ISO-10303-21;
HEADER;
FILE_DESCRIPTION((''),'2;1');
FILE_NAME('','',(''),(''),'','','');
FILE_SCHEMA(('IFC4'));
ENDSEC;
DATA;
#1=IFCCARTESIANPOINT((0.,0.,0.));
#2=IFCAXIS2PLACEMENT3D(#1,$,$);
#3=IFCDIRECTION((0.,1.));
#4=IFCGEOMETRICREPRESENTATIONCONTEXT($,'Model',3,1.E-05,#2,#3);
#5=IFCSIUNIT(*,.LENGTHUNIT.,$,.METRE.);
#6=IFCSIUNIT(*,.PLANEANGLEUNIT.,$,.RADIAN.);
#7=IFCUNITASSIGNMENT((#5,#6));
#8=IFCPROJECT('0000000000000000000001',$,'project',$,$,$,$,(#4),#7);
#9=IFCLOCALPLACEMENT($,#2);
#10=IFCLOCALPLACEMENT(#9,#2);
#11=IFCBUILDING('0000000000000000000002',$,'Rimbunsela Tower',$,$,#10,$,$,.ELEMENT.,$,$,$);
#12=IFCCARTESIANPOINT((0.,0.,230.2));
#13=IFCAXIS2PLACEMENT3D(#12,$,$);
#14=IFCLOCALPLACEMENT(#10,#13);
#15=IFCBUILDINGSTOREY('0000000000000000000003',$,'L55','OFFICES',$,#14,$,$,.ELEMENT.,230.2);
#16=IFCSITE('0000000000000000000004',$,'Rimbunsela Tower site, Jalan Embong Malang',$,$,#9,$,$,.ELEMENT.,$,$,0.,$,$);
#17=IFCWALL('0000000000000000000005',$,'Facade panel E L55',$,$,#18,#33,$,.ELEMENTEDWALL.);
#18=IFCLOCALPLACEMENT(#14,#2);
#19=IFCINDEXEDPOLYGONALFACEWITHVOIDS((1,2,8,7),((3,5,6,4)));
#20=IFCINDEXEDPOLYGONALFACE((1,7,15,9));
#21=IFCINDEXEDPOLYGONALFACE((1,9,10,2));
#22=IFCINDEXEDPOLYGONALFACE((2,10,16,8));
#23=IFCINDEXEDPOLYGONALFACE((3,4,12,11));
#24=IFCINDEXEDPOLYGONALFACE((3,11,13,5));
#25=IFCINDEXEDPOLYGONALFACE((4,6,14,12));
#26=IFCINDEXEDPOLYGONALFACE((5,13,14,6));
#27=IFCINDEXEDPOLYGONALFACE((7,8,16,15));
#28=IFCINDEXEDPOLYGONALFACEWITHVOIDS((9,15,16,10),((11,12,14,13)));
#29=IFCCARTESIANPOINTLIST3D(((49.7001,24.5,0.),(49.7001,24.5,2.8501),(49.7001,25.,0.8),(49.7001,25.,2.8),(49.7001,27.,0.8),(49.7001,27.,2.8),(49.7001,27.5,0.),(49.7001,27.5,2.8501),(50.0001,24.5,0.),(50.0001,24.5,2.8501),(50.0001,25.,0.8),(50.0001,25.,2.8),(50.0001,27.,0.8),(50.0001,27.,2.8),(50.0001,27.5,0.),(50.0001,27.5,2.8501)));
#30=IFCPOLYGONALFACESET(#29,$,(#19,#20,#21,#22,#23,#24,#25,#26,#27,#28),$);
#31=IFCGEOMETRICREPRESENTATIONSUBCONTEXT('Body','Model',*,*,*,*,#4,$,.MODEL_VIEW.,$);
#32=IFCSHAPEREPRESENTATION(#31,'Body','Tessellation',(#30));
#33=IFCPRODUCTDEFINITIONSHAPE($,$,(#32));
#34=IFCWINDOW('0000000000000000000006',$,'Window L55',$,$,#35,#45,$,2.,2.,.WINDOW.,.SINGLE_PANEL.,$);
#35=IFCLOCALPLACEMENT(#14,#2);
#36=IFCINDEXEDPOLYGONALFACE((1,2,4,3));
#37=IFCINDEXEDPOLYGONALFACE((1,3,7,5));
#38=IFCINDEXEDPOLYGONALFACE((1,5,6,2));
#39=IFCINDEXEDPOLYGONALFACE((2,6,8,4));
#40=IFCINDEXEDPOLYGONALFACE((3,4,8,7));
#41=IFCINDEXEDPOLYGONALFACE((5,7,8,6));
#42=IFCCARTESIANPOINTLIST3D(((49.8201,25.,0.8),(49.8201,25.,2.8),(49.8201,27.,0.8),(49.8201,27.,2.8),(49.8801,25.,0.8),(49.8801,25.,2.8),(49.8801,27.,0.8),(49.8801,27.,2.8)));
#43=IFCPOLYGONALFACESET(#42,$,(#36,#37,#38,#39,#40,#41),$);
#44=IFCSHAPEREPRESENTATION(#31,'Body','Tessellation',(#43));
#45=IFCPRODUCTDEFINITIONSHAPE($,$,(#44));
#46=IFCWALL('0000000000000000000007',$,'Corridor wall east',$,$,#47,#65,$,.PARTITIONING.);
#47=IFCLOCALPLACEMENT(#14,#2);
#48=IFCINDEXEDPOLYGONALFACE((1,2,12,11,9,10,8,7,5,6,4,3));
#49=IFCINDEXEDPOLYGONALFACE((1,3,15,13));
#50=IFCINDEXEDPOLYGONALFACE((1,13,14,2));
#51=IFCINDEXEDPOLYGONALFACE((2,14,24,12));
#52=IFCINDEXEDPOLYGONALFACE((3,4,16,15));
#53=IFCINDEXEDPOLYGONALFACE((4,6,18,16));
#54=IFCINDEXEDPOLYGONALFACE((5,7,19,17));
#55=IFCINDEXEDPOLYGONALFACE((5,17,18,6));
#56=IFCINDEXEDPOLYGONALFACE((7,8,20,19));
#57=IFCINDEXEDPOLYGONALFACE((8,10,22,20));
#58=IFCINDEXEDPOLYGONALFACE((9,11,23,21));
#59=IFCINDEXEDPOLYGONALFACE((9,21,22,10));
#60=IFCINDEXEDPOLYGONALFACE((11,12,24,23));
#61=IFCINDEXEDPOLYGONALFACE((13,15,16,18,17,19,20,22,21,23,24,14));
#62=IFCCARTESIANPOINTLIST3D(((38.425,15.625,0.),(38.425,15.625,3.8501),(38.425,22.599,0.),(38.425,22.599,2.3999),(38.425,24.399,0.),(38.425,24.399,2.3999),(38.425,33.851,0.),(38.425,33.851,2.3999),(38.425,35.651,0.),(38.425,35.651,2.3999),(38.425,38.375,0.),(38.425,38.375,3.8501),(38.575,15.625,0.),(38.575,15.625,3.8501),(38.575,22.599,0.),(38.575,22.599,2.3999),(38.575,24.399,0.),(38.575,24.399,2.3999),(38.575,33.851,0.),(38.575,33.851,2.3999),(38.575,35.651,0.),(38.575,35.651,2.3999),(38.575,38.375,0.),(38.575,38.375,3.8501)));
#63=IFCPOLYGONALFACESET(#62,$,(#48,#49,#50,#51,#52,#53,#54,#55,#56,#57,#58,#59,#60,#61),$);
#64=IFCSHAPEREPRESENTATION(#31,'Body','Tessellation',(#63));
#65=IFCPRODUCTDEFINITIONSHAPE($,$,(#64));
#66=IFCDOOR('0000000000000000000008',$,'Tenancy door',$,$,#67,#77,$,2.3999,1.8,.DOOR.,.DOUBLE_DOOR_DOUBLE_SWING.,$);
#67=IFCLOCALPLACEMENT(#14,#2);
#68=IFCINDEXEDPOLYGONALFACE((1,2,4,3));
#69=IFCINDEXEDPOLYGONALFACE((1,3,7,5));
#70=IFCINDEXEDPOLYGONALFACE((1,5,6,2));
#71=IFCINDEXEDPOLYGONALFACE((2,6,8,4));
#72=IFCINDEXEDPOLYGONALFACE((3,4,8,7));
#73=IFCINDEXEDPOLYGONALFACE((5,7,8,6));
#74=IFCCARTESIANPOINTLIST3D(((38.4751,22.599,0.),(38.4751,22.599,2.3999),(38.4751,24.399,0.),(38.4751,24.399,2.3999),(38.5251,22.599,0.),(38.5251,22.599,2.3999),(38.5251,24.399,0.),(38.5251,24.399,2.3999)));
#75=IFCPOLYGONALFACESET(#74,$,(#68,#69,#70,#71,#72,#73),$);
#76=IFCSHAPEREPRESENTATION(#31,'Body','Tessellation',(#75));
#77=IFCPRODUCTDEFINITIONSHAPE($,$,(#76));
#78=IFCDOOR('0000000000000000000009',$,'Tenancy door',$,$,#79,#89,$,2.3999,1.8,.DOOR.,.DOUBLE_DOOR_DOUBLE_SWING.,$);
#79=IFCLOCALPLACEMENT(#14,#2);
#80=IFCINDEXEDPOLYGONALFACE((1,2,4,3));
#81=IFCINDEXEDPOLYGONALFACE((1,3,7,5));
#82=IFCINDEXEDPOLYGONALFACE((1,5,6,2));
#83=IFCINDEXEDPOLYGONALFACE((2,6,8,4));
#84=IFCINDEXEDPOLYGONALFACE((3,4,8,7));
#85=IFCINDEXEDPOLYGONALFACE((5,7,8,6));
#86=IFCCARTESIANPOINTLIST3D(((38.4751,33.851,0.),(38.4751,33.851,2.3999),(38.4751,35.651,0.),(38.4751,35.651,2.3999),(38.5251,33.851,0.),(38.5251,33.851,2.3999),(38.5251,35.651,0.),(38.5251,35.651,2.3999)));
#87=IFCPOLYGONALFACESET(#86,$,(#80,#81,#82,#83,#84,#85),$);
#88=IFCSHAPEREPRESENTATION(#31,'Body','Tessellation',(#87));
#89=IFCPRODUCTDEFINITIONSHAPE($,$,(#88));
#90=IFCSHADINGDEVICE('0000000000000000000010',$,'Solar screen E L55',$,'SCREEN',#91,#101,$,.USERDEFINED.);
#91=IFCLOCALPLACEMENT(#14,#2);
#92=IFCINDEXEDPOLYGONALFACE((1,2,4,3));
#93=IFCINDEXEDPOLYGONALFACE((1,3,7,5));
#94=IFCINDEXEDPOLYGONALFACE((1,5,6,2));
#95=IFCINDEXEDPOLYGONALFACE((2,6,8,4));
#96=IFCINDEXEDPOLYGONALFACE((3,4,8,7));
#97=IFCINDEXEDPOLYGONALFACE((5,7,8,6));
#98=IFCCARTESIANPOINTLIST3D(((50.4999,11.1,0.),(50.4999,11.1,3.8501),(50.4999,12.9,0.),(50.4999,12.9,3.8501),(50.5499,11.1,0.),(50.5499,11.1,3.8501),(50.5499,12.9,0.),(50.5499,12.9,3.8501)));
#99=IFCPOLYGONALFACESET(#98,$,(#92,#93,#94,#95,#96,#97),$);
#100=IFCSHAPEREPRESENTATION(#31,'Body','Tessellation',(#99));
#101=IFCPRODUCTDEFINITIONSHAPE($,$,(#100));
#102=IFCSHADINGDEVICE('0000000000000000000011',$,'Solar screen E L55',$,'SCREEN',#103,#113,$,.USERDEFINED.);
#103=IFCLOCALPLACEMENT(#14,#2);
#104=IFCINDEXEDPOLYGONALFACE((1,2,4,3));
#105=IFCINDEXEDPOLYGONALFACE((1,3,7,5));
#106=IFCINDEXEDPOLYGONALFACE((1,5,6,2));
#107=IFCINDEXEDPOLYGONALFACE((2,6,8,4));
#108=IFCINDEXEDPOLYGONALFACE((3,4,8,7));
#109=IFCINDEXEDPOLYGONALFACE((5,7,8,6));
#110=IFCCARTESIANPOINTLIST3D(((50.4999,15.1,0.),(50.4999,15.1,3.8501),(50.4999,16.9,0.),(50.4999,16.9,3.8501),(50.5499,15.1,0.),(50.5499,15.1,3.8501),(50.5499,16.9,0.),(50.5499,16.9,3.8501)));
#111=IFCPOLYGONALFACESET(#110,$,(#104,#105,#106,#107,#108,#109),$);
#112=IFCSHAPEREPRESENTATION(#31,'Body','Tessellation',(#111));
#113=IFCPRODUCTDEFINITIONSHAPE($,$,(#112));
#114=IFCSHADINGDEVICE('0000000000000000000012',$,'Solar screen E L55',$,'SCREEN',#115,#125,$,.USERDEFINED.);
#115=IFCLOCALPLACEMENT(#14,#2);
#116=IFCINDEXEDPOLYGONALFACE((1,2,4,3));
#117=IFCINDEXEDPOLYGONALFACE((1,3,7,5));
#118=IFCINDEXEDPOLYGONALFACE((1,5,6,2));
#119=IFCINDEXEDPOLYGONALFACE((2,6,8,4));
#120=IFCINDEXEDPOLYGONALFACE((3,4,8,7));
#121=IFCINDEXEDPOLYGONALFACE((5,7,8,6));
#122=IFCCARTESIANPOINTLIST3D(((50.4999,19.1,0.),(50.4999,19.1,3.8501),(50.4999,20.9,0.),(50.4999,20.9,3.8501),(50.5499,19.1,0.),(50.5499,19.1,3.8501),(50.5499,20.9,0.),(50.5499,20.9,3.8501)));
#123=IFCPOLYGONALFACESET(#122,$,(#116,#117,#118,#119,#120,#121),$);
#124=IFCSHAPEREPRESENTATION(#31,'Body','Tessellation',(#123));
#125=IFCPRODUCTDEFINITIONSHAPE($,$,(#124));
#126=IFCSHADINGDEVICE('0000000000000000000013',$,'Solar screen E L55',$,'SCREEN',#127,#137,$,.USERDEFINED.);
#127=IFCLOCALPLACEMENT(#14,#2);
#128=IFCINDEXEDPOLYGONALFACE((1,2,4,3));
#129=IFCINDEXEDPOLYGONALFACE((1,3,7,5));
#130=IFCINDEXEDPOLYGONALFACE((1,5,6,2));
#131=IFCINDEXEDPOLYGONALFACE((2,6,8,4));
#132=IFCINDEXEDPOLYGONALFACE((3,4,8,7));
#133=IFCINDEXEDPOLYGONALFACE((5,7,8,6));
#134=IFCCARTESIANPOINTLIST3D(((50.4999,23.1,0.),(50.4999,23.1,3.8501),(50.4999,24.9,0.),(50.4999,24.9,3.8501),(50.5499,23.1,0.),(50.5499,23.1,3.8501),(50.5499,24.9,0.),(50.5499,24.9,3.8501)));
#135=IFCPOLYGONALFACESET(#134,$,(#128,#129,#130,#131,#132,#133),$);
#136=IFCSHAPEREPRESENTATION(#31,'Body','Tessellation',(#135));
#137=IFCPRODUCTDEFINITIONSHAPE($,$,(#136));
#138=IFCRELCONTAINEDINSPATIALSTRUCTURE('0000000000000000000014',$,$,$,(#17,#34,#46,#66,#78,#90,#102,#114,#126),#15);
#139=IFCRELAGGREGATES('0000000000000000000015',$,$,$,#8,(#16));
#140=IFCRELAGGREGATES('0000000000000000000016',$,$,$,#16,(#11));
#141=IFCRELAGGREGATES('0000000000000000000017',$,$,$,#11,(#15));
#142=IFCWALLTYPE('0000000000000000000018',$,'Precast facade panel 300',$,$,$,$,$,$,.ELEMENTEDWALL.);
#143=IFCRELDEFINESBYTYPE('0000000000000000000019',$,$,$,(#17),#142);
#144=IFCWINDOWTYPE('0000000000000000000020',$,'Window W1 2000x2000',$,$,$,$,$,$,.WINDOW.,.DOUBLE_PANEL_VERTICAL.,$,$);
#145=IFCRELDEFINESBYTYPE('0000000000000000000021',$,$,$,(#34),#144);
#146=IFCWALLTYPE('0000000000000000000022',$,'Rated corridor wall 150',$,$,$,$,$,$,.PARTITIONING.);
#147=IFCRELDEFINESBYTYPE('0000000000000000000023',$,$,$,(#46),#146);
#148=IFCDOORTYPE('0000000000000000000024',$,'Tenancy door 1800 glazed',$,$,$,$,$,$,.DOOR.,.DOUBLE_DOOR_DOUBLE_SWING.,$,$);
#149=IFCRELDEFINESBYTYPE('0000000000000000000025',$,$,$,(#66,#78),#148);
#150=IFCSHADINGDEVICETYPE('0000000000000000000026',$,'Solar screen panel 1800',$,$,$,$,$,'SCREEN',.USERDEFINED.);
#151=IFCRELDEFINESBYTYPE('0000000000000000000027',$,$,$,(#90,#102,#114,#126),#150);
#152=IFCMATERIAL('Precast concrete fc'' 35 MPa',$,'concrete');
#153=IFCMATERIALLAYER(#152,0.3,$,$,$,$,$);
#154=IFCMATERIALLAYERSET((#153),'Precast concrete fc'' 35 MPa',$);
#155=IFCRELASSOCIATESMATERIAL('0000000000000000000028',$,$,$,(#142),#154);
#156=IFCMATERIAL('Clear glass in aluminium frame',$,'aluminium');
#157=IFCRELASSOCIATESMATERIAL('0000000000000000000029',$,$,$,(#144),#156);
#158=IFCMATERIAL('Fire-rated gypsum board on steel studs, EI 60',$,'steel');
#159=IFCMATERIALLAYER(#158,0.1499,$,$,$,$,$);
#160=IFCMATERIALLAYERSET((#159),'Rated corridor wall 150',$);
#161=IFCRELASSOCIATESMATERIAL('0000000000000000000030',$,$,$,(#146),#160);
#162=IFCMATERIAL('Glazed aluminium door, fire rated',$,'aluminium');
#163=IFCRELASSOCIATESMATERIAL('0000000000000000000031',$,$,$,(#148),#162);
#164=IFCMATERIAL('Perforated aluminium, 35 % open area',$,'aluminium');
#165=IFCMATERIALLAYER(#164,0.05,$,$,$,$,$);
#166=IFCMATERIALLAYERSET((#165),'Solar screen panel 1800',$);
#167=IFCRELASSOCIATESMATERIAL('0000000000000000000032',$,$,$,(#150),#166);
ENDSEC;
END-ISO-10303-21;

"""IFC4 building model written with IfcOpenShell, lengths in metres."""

from ifc_helpers import new_model, si_unit, direction, frame, frame_2d, origin, origin_2d, place, context, subcontext, project, spatial, rectangle, extrude, material, layer, layer_set, type_object, element, fill, save


model = new_model("IFC4")

# Units and contexts
model_context = context("Model", 3, precision=1e-05, world=origin(), true_north=direction((0.0, 1.0)))
body_context = subcontext(model_context, "Body", "Model", "MODEL_VIEW")
ifc_project = project(units=[si_unit("LENGTHUNIT", "METRE"), si_unit("PLANEANGLEUNIT", "RADIAN")], contexts=[model_context])

# Site, building, storey
site_placement = place(None, origin())
site = spatial("IfcSite", under=ifc_project, at=site_placement, Name="Rimbunsela Tower site, Jalan Embong Malang", CompositionType="ELEMENT", RefElevation=0.0)
building_placement = place(site_placement, origin())
building = spatial("IfcBuilding", under=site, at=building_placement, Name="Rimbunsela Tower", CompositionType="ELEMENT")
storey_placement = place(building_placement, frame((0.0, 0.0, 230.2)))
storey = spatial("IfcBuildingStorey", under=building, at=storey_placement, Name="L55", Description="OFFICES", CompositionType="ELEMENT", Elevation=230.2)

# Wall, opening, window
ifc_material_1 = material(Name="Precast concrete fc' 35 MPa", Category="concrete")
ifc_layer_1 = layer(ifc_material_1, 0.3)
ifc_layer_set_1 = layer_set([ifc_layer_1], Name="Precast concrete fc' 35 MPa")
wall_type_1 = type_object("IfcWallType", Name="Precast facade panel 300", PredefinedType="ELEMENTEDWALL", material=ifc_layer_set_1)
ifc_material_2 = material(Name="Clear glass in aluminium frame", Category="aluminium")
window_type = type_object("IfcWindowType", Name="Window W1 2000x2000", PartitioningType="DOUBLE_PANEL_VERTICAL", PredefinedType="WINDOW", material=ifc_material_2)
wall_1_placement = place(storey_placement, frame((49.8501, 24.5, 0.0), z_axis=(0.0, 0.0, 1.0), x_axis=(0.0, 1.0, 0.0)))
wall_1 = element("IfcWall", 1, at=wall_1_placement, inside=storey, type_object=wall_type_1, Name="Facade panel E L55", PredefinedType="ELEMENTEDWALL", context=body_context, shape_type="SweptSolid", body=[
    extrude(rectangle(XDim=3.0, YDim=0.3, at=frame_2d((1.5, 0.0))), origin(), (0.0, 0.0, 1.0), 2.8501),
])
opening_1_placement = place(wall_1_placement, frame((0.5, 0.0, 0.8)))
opening_1 = element("IfcOpeningElement", 2, at=opening_1_placement, cuts=wall_1, PredefinedType="OPENING", context=body_context, shape_type="SweptSolid", body=[
    extrude(rectangle(XDim=2.0, YDim=2.0, at=frame_2d((1.0, 1.0))), frame((0.0, 0.1599, 0.0), z_axis=(0.0, -1.0, 0.0), x_axis=(1.0, 0.0, 0.0)), (0.0, 0.0, 1.0), 0.3201),
])
window_1_placement = place(opening_1_placement, origin())
window_1 = element("IfcWindow", 3, at=window_1_placement, inside=storey, type_object=window_type, Name="Window L55", OverallHeight=2.0, OverallWidth=2.0, PartitioningType="SINGLE_PANEL", PredefinedType="WINDOW", context=body_context, shape_type="SweptSolid", body=[
    extrude(rectangle(XDim=2.0, YDim=2.0, at=frame_2d((1.0, 1.0))), frame((0.0, 0.03, 0.0), z_axis=(0.0, -1.0, 0.0), x_axis=(1.0, 0.0, 0.0)), (0.0, 0.0, 1.0), 0.0601),
])
fill(opening_1, window_1)

# Wall, openings, doors
ifc_material_3 = material(Name="Fire-rated gypsum board on steel studs, EI 60", Category="steel")
ifc_layer_2 = layer(ifc_material_3, 0.1499)
ifc_layer_set_2 = layer_set([ifc_layer_2], Name="Rated corridor wall 150")
wall_type_2 = type_object("IfcWallType", Name="Rated corridor wall 150", PredefinedType="PARTITIONING", material=ifc_layer_set_2)
wall_2_placement = place(storey_placement, frame((38.5, 15.625, 0.0), z_axis=(0.0, 0.0, 1.0), x_axis=(0.0, 1.0, 0.0)))
wall_2 = element("IfcWall", 4, at=wall_2_placement, inside=storey, type_object=wall_type_2, Name="Corridor wall east", PredefinedType="PARTITIONING", context=body_context, shape_type="SweptSolid", body=[
    extrude(rectangle(XDim=22.75, YDim=0.1499, at=frame_2d((11.375, 0.0))), origin(), (0.0, 0.0, 1.0), 3.8501),
])
opening_2_placement = place(wall_2_placement, frame((6.9741, 0.0, 0.0)))
opening_2 = element("IfcOpeningElement", 5, at=opening_2_placement, cuts=wall_2, PredefinedType="OPENING", context=body_context, shape_type="SweptSolid", body=[
    extrude(rectangle(XDim=1.8, YDim=2.3999, at=frame_2d((0.8999, 1.2))), frame((0.0, 0.085, 0.0), z_axis=(0.0, -1.0, 0.0), x_axis=(1.0, 0.0, 0.0)), (0.0, 0.0, 1.0), 0.1699),
])
opening_3_placement = place(wall_2_placement, frame((18.2261, 0.0, 0.0)))
opening_3 = element("IfcOpeningElement", 6, at=opening_3_placement, cuts=wall_2, PredefinedType="OPENING", context=body_context, shape_type="SweptSolid", body=[
    extrude(rectangle(XDim=1.8, YDim=2.3999, at=frame_2d((0.8999, 1.2))), frame((0.0, 0.085, 0.0), z_axis=(0.0, -1.0, 0.0), x_axis=(1.0, 0.0, 0.0)), (0.0, 0.0, 1.0), 0.1699),
])
ifc_material_4 = material(Name="Glazed aluminium door, fire rated", Category="aluminium")
door_type_1 = type_object("IfcDoorType", Name="Tenancy door 1800 glazed", OperationType="DOUBLE_DOOR_DOUBLE_SWING", PredefinedType="DOOR", material=ifc_material_4)
door_1_placement = place(opening_2_placement, origin())
door_1 = element("IfcDoor", 7, at=door_1_placement, inside=storey, type_object=door_type_1, Name="Tenancy door", OperationType="DOUBLE_DOOR_DOUBLE_SWING", OverallHeight=2.3999, OverallWidth=1.8, PredefinedType="DOOR", context=body_context, shape_type="SweptSolid", body=[
    extrude(rectangle(XDim=1.8, YDim=2.3999, at=frame_2d((0.8999, 1.2))), frame((0.0, 0.0249, 0.0), z_axis=(0.0, -1.0, 0.0), x_axis=(1.0, 0.0, 0.0)), (0.0, 0.0, 1.0), 0.05),
])
fill(opening_2, door_1)
door_2_placement = place(opening_3_placement, origin())
door_2 = element("IfcDoor", 8, at=door_2_placement, inside=storey, type_object=door_type_1, Name="Tenancy door", OperationType="DOUBLE_DOOR_DOUBLE_SWING", OverallHeight=2.3999, OverallWidth=1.8, PredefinedType="DOOR", context=body_context, shape_type="SweptSolid", body=[
    extrude(rectangle(XDim=1.8, YDim=2.3999, at=frame_2d((0.8999, 1.2))), frame((0.0, 0.0249, 0.0), z_axis=(0.0, -1.0, 0.0), x_axis=(1.0, 0.0, 0.0)), (0.0, 0.0, 1.0), 0.05),
])
fill(opening_3, door_2)

# Shading devices
ifc_material_5 = material(Name="Perforated aluminium, 35 % open area", Category="aluminium")
ifc_layer_3 = layer(ifc_material_5, 0.05)
ifc_layer_set_3 = layer_set([ifc_layer_3], Name="Solar screen panel 1800")
shading_device_type = type_object("IfcShadingDeviceType", Name="Solar screen panel 1800", ElementType="SCREEN", PredefinedType="USERDEFINED", material=ifc_layer_set_3)
for number, where, z_axis, x_axis, name in (
    (9, (50.5249, 12.0, 0.0), (0.0, 0.0, 1.0), (0.0, 1.0, 0.0), "Solar screen E L55"),
    (10, (50.5249, 16.0, 0.0), (0.0, 0.0, 1.0), (0.0, 1.0, 0.0), "Solar screen E L55"),
    (11, (50.5249, 20.0, 0.0), (0.0, 0.0, 1.0), (0.0, 1.0, 0.0), "Solar screen E L55"),
    (12, (50.5249, 24.0, 0.0), (0.0, 0.0, 1.0), (0.0, 1.0, 0.0), "Solar screen E L55"),
):
    element("IfcShadingDevice", number, at=place(storey_placement, frame(where, z_axis=z_axis, x_axis=x_axis)), inside=storey, type_object=shading_device_type, Name=name, ObjectType="SCREEN", PredefinedType="USERDEFINED", context=body_context, shape_type="SweptSolid", body=[
        extrude(rectangle(XDim=1.8, YDim=0.05, at=origin_2d()), origin(), (0.0, 0.0, 1.0), 3.8501),
    ])

save(model, "model.ifc")
